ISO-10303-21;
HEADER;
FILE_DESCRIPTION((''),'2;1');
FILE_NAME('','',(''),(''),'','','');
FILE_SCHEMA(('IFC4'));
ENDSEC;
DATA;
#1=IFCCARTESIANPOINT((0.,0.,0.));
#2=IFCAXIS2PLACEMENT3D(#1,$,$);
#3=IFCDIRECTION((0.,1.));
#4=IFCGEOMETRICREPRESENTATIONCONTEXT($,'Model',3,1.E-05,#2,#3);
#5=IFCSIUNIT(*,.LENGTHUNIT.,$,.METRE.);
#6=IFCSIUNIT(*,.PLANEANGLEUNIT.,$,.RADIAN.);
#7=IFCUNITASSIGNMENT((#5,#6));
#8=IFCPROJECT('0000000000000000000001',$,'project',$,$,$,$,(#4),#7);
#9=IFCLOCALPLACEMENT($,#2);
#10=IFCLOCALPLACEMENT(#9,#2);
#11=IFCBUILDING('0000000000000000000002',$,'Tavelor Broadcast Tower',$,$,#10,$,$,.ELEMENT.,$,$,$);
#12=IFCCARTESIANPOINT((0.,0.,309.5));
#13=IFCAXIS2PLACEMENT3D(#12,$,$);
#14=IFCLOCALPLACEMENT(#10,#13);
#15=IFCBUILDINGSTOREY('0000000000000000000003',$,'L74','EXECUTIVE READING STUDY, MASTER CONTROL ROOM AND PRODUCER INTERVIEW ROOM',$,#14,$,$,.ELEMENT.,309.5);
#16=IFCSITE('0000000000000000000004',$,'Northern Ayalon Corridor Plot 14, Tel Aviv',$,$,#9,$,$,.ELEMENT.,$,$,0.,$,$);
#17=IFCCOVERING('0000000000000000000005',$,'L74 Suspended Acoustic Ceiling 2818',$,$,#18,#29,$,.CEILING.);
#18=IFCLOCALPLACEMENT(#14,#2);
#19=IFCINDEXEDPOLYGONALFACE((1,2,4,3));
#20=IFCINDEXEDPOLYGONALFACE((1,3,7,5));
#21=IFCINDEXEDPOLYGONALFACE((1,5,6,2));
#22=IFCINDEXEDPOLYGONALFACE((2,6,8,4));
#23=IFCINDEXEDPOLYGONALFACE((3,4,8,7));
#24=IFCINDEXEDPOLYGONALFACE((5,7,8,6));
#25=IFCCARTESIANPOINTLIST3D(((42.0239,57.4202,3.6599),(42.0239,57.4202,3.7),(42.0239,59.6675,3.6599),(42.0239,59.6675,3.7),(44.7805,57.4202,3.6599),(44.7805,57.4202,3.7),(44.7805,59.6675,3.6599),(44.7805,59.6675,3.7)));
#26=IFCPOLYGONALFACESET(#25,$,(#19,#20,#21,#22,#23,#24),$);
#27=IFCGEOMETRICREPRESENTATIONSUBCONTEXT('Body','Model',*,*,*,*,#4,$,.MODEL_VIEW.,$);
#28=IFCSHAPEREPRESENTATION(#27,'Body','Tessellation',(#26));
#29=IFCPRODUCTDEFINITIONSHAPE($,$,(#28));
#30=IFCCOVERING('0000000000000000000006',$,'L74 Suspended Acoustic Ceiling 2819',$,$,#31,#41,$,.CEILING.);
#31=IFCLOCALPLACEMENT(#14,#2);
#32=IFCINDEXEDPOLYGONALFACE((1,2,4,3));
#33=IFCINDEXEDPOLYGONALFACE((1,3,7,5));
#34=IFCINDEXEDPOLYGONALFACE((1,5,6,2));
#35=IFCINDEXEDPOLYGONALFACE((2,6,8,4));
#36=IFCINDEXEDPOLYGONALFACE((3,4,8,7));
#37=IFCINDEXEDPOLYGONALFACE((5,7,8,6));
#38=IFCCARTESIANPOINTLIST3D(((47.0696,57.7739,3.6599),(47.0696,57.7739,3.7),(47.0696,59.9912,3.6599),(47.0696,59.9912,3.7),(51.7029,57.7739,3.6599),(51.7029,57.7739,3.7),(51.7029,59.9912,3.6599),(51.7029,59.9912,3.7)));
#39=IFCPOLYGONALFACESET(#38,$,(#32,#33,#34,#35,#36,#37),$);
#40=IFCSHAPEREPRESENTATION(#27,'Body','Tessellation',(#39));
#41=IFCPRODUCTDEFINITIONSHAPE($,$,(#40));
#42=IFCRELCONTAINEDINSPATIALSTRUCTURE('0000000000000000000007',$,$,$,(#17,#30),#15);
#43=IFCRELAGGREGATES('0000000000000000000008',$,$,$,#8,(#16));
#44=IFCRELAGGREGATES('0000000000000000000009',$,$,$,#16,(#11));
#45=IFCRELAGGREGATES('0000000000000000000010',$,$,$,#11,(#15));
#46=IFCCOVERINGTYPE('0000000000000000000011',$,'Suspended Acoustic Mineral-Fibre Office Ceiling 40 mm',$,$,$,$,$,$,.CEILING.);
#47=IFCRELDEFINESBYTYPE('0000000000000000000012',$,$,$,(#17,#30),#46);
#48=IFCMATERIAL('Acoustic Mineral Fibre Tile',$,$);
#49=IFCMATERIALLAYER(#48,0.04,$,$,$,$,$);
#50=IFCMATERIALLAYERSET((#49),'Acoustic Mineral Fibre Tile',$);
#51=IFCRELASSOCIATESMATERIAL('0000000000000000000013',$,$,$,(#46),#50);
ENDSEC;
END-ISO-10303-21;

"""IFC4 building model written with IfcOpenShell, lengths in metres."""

from ifc_helpers import new_model, si_unit, direction, frame, origin, place, context, subcontext, project, spatial, polyline, outline, extrude, material, layer, layer_set, type_object, element, save


model = new_model("IFC4")

# Units and contexts
model_context = context("Model", 3, precision=1e-05, world=origin(), true_north=direction((0.0, 1.0)))
body_context = subcontext(model_context, "Body", "Model", "MODEL_VIEW")
ifc_project = project(units=[si_unit("LENGTHUNIT", "METRE"), si_unit("PLANEANGLEUNIT", "RADIAN")], contexts=[model_context])

# Site, building, storey
site_placement = place(None, origin())
site = spatial("IfcSite", under=ifc_project, at=site_placement, Name="Northern Ayalon Corridor Plot 14, Tel Aviv", CompositionType="ELEMENT", RefElevation=0.0)
building_placement = place(site_placement, origin())
building = spatial("IfcBuilding", under=site, at=building_placement, Name="Tavelor Broadcast Tower", CompositionType="ELEMENT")
storey_placement = place(building_placement, frame((0.0, 0.0, 309.5)))
storey = spatial("IfcBuildingStorey", under=building, at=storey_placement, Name="L74", Description="EXECUTIVE READING STUDY, MASTER CONTROL ROOM AND PRODUCER INTERVIEW ROOM", CompositionType="ELEMENT", Elevation=309.5)

# Coverings
ifc_material_1 = material(Name="Acoustic Mineral Fibre Tile")
ifc_layer_1 = layer(ifc_material_1, 0.04)
ifc_layer_set_1 = layer_set([ifc_layer_1], Name="Acoustic Mineral Fibre Tile")
covering_type_1 = type_object("IfcCoveringType", Name="Suspended Acoustic Mineral-Fibre Office Ceiling 40 mm", PredefinedType="CEILING", material=ifc_layer_set_1)
covering_1_placement = place(storey_placement, frame((0.0, 0.0, 3.6599)))
element("IfcCovering", 1, at=covering_1_placement, inside=storey, type_object=covering_type_1, Name="L74 Suspended Acoustic Ceiling 2818", PredefinedType="CEILING", context=body_context, shape_type="SweptSolid", body=[
    extrude(outline(polyline([(42.0239, 57.4202), (44.7805, 57.4202), (44.7805, 59.6675), (42.0239, 59.6675), (42.0239, 57.4202)])), origin(), (0.0, 0.0, 1.0), 0.04),
])
covering_2_placement = place(storey_placement, frame((0.0, 0.0, 3.6599)))
element("IfcCovering", 2, at=covering_2_placement, inside=storey, type_object=covering_type_1, Name="L74 Suspended Acoustic Ceiling 2819", PredefinedType="CEILING", context=body_context, shape_type="SweptSolid", body=[
    extrude(outline(polyline([(47.0696, 57.7739), (51.7029, 57.7739), (51.7029, 59.9912), (47.0696, 59.9912), (47.0696, 57.7739)])), origin(), (0.0, 0.0, 1.0), 0.04),
])

save(model, "model.ifc")
